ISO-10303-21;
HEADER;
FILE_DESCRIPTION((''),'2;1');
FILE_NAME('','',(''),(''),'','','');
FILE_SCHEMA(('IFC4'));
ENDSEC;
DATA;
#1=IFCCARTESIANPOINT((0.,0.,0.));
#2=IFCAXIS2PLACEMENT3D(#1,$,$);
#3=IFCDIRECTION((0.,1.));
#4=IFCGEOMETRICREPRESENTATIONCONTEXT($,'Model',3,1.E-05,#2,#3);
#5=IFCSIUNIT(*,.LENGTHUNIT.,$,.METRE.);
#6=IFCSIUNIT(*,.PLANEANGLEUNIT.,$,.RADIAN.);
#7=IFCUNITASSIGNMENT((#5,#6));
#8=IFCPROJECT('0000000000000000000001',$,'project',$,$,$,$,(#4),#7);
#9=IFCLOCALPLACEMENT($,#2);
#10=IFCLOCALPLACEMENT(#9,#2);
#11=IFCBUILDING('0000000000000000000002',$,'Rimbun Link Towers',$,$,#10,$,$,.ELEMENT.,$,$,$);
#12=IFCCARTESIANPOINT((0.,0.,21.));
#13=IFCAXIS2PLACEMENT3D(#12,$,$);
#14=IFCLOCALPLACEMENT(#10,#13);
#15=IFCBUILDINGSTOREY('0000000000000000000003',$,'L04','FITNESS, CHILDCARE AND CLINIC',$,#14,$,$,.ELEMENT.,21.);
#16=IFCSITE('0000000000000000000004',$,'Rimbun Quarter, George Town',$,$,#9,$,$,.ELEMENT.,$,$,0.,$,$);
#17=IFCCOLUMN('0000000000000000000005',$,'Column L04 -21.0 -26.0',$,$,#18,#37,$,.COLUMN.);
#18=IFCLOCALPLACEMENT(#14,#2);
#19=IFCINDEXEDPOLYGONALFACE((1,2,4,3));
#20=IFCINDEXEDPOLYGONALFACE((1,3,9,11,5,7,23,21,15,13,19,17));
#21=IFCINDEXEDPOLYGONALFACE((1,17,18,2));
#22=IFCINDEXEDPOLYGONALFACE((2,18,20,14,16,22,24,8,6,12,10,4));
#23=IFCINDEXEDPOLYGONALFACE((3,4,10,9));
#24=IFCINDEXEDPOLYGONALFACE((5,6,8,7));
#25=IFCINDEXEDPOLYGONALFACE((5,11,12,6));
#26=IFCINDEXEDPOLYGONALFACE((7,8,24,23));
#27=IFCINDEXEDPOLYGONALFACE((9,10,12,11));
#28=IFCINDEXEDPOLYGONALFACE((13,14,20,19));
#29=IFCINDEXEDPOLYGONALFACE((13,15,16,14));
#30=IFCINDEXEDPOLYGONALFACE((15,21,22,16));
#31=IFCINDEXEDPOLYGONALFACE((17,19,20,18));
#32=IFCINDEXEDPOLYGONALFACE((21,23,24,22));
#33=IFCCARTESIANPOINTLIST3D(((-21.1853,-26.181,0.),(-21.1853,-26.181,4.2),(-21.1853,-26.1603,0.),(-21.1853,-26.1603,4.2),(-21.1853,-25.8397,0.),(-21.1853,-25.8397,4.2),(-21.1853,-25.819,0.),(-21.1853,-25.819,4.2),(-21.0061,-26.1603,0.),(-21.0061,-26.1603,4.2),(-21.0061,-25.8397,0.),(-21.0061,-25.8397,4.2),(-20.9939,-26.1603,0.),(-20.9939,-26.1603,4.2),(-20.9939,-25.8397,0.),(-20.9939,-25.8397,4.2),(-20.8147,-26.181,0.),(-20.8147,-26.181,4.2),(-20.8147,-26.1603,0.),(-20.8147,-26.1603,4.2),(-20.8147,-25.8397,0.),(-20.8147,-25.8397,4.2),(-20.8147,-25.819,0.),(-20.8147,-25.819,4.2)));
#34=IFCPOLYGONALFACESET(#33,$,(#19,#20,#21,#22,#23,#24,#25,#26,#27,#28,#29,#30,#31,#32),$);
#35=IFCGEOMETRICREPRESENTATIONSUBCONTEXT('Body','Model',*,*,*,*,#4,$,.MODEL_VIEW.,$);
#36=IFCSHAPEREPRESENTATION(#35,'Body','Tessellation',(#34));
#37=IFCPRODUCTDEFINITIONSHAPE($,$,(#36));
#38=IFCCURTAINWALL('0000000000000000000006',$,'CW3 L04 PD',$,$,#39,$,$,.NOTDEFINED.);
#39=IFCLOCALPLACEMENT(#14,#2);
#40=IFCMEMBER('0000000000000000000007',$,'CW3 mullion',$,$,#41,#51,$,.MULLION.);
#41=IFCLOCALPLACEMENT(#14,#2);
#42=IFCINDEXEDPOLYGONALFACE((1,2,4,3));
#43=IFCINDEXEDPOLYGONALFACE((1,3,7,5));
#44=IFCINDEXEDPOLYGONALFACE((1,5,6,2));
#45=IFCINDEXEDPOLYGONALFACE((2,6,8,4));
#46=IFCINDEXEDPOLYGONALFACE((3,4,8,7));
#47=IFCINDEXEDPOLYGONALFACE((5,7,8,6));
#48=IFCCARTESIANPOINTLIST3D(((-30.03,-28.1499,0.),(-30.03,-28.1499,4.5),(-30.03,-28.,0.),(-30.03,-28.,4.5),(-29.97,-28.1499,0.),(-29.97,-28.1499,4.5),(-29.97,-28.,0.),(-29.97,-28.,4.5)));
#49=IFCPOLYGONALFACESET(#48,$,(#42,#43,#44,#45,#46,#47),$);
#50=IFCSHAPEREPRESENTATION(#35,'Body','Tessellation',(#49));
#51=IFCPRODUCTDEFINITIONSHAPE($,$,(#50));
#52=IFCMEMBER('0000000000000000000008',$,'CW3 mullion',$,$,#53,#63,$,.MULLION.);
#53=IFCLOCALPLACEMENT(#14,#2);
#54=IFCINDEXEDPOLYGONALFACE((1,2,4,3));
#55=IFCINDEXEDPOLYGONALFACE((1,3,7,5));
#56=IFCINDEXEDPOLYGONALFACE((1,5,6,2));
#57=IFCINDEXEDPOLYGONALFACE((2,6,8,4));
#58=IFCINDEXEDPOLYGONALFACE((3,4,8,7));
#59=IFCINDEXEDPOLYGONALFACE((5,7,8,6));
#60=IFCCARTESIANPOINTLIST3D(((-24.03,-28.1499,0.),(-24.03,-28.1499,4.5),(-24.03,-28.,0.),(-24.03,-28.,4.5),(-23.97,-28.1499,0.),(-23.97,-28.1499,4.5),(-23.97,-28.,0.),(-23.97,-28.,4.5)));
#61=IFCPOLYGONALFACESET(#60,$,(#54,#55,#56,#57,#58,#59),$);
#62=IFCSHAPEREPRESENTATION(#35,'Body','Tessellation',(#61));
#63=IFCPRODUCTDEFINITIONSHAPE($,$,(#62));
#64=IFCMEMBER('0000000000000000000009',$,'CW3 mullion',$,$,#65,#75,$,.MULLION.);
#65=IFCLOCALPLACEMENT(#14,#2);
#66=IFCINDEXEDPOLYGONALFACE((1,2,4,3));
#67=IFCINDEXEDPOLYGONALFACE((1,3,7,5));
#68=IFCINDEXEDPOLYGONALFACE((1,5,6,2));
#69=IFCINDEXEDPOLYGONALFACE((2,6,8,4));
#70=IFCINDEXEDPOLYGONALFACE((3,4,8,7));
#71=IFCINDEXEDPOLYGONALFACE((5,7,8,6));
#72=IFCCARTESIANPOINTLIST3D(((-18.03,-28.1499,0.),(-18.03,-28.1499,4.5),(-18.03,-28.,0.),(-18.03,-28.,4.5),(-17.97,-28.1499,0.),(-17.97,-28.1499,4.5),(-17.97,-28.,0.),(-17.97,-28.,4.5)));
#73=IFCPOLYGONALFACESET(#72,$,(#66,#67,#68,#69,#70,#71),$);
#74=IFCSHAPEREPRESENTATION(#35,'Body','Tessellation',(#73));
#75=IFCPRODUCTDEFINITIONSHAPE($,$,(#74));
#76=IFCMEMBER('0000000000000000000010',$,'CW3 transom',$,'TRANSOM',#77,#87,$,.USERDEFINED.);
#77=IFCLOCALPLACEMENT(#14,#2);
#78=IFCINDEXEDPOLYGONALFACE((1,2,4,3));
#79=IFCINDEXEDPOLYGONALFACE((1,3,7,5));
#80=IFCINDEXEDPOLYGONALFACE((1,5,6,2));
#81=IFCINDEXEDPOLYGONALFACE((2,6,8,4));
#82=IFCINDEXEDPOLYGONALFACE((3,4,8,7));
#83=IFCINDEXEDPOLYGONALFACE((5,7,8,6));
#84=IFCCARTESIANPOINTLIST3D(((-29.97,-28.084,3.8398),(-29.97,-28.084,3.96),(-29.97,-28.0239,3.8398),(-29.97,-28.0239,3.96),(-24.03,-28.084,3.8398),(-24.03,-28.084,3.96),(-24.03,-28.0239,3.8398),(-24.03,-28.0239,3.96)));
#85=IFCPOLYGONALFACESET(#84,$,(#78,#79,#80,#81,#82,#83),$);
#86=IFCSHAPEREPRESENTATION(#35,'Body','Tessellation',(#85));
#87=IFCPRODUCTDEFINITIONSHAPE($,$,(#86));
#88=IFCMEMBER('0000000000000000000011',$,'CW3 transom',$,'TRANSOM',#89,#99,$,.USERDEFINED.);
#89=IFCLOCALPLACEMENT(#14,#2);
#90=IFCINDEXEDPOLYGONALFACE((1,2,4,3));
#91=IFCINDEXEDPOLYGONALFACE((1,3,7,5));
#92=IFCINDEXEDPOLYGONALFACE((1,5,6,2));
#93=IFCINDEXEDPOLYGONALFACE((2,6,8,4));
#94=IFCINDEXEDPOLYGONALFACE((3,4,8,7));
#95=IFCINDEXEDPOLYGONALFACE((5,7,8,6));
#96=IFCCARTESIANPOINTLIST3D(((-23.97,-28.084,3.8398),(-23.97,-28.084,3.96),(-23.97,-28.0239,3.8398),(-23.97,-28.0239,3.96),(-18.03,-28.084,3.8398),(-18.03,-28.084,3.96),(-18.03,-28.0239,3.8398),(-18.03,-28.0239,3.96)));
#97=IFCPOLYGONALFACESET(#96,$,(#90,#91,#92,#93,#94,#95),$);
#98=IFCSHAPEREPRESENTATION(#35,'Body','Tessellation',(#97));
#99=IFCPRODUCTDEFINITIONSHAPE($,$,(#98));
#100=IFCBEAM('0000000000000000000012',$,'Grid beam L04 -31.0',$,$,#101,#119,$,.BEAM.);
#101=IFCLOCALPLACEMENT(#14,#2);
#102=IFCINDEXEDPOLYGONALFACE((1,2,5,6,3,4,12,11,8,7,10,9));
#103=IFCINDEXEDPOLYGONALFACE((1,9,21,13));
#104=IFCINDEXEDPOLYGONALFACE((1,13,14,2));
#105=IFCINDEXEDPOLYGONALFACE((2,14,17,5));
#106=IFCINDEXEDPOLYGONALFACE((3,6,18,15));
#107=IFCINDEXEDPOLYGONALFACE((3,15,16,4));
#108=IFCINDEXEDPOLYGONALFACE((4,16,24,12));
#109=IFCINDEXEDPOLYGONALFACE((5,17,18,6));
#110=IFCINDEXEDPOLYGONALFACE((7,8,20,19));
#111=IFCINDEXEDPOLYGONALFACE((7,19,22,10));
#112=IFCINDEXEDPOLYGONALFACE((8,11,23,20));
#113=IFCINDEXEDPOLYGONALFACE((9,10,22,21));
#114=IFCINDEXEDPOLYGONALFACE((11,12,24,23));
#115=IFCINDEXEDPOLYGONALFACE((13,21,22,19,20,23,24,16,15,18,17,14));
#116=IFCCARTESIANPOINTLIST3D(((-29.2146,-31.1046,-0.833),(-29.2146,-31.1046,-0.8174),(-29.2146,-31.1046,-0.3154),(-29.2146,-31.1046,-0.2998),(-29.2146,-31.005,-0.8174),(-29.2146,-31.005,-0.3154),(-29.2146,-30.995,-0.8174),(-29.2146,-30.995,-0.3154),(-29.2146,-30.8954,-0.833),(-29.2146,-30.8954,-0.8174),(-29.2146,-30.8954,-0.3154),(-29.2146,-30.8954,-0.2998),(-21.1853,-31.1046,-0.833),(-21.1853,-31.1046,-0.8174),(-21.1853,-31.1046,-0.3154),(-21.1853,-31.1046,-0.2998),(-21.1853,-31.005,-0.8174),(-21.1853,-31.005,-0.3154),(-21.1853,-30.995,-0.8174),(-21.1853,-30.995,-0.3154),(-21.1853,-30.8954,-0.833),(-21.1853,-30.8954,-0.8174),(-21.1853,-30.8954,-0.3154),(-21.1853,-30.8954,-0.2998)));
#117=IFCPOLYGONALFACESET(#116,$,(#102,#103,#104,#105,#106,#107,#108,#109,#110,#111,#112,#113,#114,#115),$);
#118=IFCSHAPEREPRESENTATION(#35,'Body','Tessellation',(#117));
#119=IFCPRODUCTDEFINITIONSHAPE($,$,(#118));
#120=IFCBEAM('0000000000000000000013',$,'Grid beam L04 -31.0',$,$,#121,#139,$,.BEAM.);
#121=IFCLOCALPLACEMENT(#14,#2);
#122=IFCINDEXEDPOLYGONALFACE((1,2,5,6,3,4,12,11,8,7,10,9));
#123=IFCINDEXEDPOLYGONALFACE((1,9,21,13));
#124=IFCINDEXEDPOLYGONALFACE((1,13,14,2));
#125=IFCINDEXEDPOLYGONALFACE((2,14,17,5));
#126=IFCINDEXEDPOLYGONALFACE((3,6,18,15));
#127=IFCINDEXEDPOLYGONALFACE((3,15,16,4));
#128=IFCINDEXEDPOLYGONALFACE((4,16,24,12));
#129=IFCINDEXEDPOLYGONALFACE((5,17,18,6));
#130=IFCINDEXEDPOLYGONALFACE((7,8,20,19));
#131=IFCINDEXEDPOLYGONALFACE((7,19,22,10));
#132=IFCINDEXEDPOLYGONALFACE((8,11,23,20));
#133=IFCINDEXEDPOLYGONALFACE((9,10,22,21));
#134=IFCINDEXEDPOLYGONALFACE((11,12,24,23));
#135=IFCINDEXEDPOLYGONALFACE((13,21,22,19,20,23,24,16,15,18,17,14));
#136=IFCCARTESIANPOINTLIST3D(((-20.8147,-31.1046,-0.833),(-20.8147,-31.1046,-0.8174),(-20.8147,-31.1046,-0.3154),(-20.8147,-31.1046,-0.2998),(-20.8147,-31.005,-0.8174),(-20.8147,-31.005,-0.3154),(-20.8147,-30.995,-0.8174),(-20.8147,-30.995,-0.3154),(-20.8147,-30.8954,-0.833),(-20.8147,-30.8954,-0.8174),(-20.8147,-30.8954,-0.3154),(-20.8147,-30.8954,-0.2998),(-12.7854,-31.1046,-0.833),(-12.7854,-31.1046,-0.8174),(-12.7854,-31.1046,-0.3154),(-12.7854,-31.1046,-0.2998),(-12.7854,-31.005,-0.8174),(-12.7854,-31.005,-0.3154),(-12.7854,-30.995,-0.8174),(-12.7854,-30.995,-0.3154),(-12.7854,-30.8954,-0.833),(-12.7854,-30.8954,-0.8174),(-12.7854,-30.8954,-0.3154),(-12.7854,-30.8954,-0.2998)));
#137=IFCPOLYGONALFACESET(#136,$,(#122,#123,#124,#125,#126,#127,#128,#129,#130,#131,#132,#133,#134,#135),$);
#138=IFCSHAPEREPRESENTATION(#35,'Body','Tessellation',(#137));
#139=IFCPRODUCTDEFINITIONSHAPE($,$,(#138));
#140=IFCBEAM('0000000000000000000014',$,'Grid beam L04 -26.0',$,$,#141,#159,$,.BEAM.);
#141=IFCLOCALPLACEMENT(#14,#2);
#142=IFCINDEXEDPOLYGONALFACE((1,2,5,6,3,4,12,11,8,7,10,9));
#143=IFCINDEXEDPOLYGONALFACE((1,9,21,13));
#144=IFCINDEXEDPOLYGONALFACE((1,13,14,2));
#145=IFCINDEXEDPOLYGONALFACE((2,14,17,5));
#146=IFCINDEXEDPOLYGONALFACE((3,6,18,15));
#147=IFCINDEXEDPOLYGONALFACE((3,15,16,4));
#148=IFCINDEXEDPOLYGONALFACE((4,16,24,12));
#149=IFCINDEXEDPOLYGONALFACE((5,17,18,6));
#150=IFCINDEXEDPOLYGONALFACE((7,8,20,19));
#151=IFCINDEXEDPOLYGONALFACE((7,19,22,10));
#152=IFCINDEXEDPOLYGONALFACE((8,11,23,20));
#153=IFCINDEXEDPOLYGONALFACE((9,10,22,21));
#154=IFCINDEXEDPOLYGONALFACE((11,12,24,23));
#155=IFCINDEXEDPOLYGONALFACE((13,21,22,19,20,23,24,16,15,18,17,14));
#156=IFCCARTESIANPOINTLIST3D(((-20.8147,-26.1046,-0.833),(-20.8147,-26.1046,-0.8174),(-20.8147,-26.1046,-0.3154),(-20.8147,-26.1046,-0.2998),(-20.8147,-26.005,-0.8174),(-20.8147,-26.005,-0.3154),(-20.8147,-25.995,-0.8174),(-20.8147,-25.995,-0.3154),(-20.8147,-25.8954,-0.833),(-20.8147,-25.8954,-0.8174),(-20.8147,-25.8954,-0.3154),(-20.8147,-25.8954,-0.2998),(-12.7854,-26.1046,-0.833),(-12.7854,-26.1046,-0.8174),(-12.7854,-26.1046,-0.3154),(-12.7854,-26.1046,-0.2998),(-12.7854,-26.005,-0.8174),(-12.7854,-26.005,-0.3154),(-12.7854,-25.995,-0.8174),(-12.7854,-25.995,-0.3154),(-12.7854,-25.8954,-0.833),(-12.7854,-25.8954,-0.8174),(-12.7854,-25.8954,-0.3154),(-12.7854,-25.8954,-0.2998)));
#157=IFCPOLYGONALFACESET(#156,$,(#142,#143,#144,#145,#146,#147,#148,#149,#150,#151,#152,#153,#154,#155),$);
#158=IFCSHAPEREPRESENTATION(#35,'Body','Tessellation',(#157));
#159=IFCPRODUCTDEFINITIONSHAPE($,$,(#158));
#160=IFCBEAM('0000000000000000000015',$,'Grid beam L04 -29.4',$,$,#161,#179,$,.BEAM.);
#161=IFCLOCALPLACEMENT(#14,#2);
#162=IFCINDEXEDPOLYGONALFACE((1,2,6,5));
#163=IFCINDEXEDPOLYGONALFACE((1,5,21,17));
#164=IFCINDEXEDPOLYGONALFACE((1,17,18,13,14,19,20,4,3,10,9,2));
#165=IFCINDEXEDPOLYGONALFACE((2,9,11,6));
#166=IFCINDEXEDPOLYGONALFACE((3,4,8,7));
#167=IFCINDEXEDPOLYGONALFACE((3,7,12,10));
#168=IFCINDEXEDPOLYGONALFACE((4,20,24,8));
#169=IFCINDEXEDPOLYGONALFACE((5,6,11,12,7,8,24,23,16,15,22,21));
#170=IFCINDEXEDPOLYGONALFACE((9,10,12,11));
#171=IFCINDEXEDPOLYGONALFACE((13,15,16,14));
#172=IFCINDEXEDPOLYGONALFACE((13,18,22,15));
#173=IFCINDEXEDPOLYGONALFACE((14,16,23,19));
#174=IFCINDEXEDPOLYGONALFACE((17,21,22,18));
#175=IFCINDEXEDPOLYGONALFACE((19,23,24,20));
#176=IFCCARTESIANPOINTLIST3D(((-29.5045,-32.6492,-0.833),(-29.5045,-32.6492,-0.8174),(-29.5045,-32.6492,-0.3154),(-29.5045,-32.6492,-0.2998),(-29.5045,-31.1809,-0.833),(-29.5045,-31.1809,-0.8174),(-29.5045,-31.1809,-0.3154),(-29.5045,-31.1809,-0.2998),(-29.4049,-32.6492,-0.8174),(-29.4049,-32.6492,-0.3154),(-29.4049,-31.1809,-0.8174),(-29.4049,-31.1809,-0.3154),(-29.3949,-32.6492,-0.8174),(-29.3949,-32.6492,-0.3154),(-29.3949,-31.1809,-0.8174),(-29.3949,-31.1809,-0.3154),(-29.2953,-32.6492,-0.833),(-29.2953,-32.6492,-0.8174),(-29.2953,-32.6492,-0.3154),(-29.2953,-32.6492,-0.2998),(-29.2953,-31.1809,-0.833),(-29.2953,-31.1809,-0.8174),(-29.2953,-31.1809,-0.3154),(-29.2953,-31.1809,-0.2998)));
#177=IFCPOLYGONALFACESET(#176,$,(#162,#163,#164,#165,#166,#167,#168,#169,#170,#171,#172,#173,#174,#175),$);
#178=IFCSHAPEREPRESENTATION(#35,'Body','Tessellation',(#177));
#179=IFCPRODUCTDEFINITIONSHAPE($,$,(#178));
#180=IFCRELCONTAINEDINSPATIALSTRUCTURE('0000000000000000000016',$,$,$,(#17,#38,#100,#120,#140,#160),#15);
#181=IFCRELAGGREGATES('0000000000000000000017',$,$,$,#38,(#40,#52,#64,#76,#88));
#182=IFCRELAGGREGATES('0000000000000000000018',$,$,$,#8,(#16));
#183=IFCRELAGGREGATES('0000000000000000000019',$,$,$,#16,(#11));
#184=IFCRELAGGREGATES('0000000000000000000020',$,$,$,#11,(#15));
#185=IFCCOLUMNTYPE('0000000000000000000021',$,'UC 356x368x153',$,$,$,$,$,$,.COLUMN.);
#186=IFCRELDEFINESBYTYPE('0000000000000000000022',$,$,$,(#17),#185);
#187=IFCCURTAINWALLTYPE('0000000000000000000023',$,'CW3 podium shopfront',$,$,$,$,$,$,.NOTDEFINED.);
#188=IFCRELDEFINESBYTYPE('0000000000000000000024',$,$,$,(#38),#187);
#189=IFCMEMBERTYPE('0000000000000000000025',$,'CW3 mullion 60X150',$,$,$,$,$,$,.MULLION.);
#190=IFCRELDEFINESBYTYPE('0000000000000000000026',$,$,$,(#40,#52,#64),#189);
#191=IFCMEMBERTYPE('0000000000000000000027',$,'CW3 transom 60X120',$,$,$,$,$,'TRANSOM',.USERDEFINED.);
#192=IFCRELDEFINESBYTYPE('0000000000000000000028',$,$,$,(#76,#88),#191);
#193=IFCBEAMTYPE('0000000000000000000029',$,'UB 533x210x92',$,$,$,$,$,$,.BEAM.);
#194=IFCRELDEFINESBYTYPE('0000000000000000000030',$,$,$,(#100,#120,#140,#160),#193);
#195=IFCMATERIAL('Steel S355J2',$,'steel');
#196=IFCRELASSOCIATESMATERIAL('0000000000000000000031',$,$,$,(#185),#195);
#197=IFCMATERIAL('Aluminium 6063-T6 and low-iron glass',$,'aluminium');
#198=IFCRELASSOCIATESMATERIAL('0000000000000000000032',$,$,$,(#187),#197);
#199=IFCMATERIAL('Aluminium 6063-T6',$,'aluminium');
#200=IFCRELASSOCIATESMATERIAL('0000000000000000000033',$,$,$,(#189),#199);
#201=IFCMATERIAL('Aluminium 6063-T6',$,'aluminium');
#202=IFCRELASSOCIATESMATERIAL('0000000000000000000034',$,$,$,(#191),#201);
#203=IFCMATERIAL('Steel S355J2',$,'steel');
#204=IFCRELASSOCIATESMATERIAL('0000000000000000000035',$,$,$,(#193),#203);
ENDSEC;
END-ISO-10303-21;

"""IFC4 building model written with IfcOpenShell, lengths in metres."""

from ifc_helpers import new_model, si_unit, direction, frame, origin, origin_2d, place, context, subcontext, project, spatial, rectangle, i_section, extrude, material, material_profile, profile_set, type_object, element, aggregate, save


model = new_model("IFC4")

# Units and contexts
model_context = context("Model", 3, precision=1e-05, world=origin(), true_north=direction((0.0, 1.0)))
body_context = subcontext(model_context, "Body", "Model", "MODEL_VIEW")
ifc_project = project(units=[si_unit("LENGTHUNIT", "METRE"), si_unit("PLANEANGLEUNIT", "RADIAN")], contexts=[model_context])

# Site, building, storey
site_placement = place(None, origin())
site = spatial("IfcSite", under=ifc_project, at=site_placement, Name="Rimbun Quarter, George Town", CompositionType="ELEMENT", RefElevation=0.0)
building_placement = place(site_placement, origin())
building = spatial("IfcBuilding", under=site, at=building_placement, Name="Rimbun Link Towers", CompositionType="ELEMENT")
storey_placement = place(building_placement, frame((0.0, 0.0, 21.0)))
storey = spatial("IfcBuildingStorey", under=building, at=storey_placement, Name="L04", Description="FITNESS, CHILDCARE AND CLINIC", CompositionType="ELEMENT", Elevation=21.0)

# Column
ifc_material_1 = material(Name="Steel S355J2", Category="steel")
ifc_material_profile_1 = material_profile(ifc_material_1, i_section(OverallWidth=0.3706, OverallDepth=0.3621, WebThickness=0.0122, FlangeThickness=0.0208, at=origin_2d()), Name="UC 356x368x153")
ifc_profile_set_1 = profile_set([ifc_material_profile_1], Name="Steel S355J2")
column_type = type_object("IfcColumnType", Name="UC 356x368x153", PredefinedType="COLUMN", material=ifc_profile_set_1)
column_placement = place(storey_placement, frame((-21.0, -26.0, 0.0), z_axis=(0.0, 0.0, 1.0), x_axis=(1.0, 0.0, 0.0)))
element("IfcColumn", 1, at=column_placement, inside=storey, type_object=column_type, Name="Column L04 -21.0 -26.0", PredefinedType="COLUMN", context=body_context, shape_type="SweptSolid", body=[
    extrude(i_section(OverallWidth=0.3706, OverallDepth=0.3621, WebThickness=0.0122, FlangeThickness=0.0208, at=origin_2d()), origin(), (0.0, 0.0, 1.0), 4.2),
])

# Curtain wall, members
ifc_material_2 = material(Name="Aluminium 6063-T6 and low-iron glass", Category="aluminium")
curtain_wall_type = type_object("IfcCurtainWallType", Name="CW3 podium shopfront", PredefinedType="NOTDEFINED", material=ifc_material_2)
curtain_wall_placement = place(storey_placement, origin())
curtain_wall = element("IfcCurtainWall", 2, at=curtain_wall_placement, inside=storey, type_object=curtain_wall_type, Name="CW3 L04 PD", PredefinedType="NOTDEFINED")
ifc_material_3 = material(Name="Aluminium 6063-T6", Category="aluminium")
ifc_material_profile_2 = material_profile(ifc_material_3, rectangle(XDim=0.1499, YDim=0.0601, at=origin_2d()), Name="MULLION 60X150")
ifc_profile_set_2 = profile_set([ifc_material_profile_2], Name="Aluminium 6063-T6")
member_type_1 = type_object("IfcMemberType", Name="CW3 mullion 60X150", PredefinedType="MULLION", material=ifc_profile_set_2)
member_1_placement = place(storey_placement, frame((-30.0, -28.075, 0.0), z_axis=(0.0, 0.0, 1.0), x_axis=(0.0, -1.0, 0.0)))
member_1 = element("IfcMember", 3, at=member_1_placement, type_object=member_type_1, Name="CW3 mullion", PredefinedType="MULLION", context=body_context, shape_type="SweptSolid", body=[
    extrude(rectangle(XDim=0.1499, YDim=0.0601, at=origin_2d()), origin(), (0.0, 0.0, 1.0), 4.5),
])
member_2_placement = place(storey_placement, frame((-24.0, -28.075, 0.0), z_axis=(0.0, 0.0, 1.0), x_axis=(0.0, -1.0, 0.0)))
member_2 = element("IfcMember", 4, at=member_2_placement, type_object=member_type_1, Name="CW3 mullion", PredefinedType="MULLION", context=body_context, shape_type="SweptSolid", body=[
    extrude(rectangle(XDim=0.1499, YDim=0.0601, at=origin_2d()), origin(), (0.0, 0.0, 1.0), 4.5),
])
member_3_placement = place(storey_placement, frame((-18.0, -28.075, 0.0), z_axis=(0.0, 0.0, 1.0), x_axis=(0.0, -1.0, 0.0)))
member_3 = element("IfcMember", 5, at=member_3_placement, type_object=member_type_1, Name="CW3 mullion", PredefinedType="MULLION", context=body_context, shape_type="SweptSolid", body=[
    extrude(rectangle(XDim=0.1499, YDim=0.0601, at=origin_2d()), origin(), (0.0, 0.0, 1.0), 4.5),
])
ifc_material_4 = material(Name="Aluminium 6063-T6", Category="aluminium")
ifc_material_profile_3 = material_profile(ifc_material_4, rectangle(XDim=0.0601, YDim=0.1201, at=origin_2d()), Name="TRANSOM 60X120")
ifc_profile_set_3 = profile_set([ifc_material_profile_3], Name="Aluminium 6063-T6")
member_type_2 = type_object("IfcMemberType", Name="CW3 transom 60X120", ElementType="TRANSOM", PredefinedType="USERDEFINED", material=ifc_profile_set_3)
member_4_placement = place(storey_placement, frame((-24.03, -28.054, 3.8999), z_axis=(-1.0, 0.0, 0.0), x_axis=(0.0, -1.0, 0.0)))
member_4 = element("IfcMember", 6, at=member_4_placement, type_object=member_type_2, Name="CW3 transom", ObjectType="TRANSOM", PredefinedType="USERDEFINED", context=body_context, shape_type="SweptSolid", body=[
    extrude(rectangle(XDim=0.0601, YDim=0.1201, at=origin_2d()), origin(), (0.0, 0.0, 1.0), 5.9399),
])
member_5_placement = place(storey_placement, frame((-18.03, -28.054, 3.8999), z_axis=(-1.0, 0.0, 0.0), x_axis=(0.0, -1.0, 0.0)))
member_5 = element("IfcMember", 7, at=member_5_placement, type_object=member_type_2, Name="CW3 transom", ObjectType="TRANSOM", PredefinedType="USERDEFINED", context=body_context, shape_type="SweptSolid", body=[
    extrude(rectangle(XDim=0.0601, YDim=0.1201, at=origin_2d()), origin(), (0.0, 0.0, 1.0), 5.9399),
])

# Beams
ifc_material_5 = material(Name="Steel S355J2", Category="steel")
ifc_material_profile_4 = material_profile(ifc_material_5, i_section(OverallWidth=0.2092, OverallDepth=0.5332, WebThickness=0.01, FlangeThickness=0.0156, at=origin_2d()), Name="UB 533x210x92")
ifc_profile_set_4 = profile_set([ifc_material_profile_4], Name="Steel S355J2")
beam_type = type_object("IfcBeamType", Name="UB 533x210x92", PredefinedType="BEAM", material=ifc_profile_set_4)
for number, where, z_axis, x_axis, name in (
    (8, (-29.2146, -31.0, -0.5664), (1.0, 0.0, 0.0), (0.0, 1.0, 0.0), "Grid beam L04 -31.0"),
    (9, (-20.8147, -31.0, -0.5664), (1.0, 0.0, 0.0), (0.0, 1.0, 0.0), "Grid beam L04 -31.0"),
    (10, (-20.8147, -26.0, -0.5664), (1.0, 0.0, 0.0), (0.0, 1.0, 0.0), "Grid beam L04 -26.0"),
):
    element("IfcBeam", number, at=place(storey_placement, frame(where, z_axis=z_axis, x_axis=x_axis)), inside=storey, type_object=beam_type, Name=name, PredefinedType="BEAM", context=body_context, shape_type="SweptSolid", body=[
        extrude(i_section(OverallWidth=0.2092, OverallDepth=0.5332, WebThickness=0.01, FlangeThickness=0.0156, at=origin_2d()), origin(), (0.0, 0.0, 1.0), 8.0293),
    ])
beam_1_placement = place(storey_placement, frame((-29.3999, -32.6492, -0.5664), z_axis=(0.0, 1.0, 0.0), x_axis=(-1.0, 0.0, 0.0)))
element("IfcBeam", 11, at=beam_1_placement, inside=storey, type_object=beam_type, Name="Grid beam L04 -29.4", PredefinedType="BEAM", context=body_context, shape_type="SweptSolid", body=[
    extrude(i_section(OverallWidth=0.2092, OverallDepth=0.5332, WebThickness=0.01, FlangeThickness=0.0156, at=origin_2d()), origin(), (0.0, 0.0, 1.0), 1.4683),
])

aggregate(curtain_wall, [member_1, member_2, member_3, member_4, member_5])

save(model, "model.ifc")
